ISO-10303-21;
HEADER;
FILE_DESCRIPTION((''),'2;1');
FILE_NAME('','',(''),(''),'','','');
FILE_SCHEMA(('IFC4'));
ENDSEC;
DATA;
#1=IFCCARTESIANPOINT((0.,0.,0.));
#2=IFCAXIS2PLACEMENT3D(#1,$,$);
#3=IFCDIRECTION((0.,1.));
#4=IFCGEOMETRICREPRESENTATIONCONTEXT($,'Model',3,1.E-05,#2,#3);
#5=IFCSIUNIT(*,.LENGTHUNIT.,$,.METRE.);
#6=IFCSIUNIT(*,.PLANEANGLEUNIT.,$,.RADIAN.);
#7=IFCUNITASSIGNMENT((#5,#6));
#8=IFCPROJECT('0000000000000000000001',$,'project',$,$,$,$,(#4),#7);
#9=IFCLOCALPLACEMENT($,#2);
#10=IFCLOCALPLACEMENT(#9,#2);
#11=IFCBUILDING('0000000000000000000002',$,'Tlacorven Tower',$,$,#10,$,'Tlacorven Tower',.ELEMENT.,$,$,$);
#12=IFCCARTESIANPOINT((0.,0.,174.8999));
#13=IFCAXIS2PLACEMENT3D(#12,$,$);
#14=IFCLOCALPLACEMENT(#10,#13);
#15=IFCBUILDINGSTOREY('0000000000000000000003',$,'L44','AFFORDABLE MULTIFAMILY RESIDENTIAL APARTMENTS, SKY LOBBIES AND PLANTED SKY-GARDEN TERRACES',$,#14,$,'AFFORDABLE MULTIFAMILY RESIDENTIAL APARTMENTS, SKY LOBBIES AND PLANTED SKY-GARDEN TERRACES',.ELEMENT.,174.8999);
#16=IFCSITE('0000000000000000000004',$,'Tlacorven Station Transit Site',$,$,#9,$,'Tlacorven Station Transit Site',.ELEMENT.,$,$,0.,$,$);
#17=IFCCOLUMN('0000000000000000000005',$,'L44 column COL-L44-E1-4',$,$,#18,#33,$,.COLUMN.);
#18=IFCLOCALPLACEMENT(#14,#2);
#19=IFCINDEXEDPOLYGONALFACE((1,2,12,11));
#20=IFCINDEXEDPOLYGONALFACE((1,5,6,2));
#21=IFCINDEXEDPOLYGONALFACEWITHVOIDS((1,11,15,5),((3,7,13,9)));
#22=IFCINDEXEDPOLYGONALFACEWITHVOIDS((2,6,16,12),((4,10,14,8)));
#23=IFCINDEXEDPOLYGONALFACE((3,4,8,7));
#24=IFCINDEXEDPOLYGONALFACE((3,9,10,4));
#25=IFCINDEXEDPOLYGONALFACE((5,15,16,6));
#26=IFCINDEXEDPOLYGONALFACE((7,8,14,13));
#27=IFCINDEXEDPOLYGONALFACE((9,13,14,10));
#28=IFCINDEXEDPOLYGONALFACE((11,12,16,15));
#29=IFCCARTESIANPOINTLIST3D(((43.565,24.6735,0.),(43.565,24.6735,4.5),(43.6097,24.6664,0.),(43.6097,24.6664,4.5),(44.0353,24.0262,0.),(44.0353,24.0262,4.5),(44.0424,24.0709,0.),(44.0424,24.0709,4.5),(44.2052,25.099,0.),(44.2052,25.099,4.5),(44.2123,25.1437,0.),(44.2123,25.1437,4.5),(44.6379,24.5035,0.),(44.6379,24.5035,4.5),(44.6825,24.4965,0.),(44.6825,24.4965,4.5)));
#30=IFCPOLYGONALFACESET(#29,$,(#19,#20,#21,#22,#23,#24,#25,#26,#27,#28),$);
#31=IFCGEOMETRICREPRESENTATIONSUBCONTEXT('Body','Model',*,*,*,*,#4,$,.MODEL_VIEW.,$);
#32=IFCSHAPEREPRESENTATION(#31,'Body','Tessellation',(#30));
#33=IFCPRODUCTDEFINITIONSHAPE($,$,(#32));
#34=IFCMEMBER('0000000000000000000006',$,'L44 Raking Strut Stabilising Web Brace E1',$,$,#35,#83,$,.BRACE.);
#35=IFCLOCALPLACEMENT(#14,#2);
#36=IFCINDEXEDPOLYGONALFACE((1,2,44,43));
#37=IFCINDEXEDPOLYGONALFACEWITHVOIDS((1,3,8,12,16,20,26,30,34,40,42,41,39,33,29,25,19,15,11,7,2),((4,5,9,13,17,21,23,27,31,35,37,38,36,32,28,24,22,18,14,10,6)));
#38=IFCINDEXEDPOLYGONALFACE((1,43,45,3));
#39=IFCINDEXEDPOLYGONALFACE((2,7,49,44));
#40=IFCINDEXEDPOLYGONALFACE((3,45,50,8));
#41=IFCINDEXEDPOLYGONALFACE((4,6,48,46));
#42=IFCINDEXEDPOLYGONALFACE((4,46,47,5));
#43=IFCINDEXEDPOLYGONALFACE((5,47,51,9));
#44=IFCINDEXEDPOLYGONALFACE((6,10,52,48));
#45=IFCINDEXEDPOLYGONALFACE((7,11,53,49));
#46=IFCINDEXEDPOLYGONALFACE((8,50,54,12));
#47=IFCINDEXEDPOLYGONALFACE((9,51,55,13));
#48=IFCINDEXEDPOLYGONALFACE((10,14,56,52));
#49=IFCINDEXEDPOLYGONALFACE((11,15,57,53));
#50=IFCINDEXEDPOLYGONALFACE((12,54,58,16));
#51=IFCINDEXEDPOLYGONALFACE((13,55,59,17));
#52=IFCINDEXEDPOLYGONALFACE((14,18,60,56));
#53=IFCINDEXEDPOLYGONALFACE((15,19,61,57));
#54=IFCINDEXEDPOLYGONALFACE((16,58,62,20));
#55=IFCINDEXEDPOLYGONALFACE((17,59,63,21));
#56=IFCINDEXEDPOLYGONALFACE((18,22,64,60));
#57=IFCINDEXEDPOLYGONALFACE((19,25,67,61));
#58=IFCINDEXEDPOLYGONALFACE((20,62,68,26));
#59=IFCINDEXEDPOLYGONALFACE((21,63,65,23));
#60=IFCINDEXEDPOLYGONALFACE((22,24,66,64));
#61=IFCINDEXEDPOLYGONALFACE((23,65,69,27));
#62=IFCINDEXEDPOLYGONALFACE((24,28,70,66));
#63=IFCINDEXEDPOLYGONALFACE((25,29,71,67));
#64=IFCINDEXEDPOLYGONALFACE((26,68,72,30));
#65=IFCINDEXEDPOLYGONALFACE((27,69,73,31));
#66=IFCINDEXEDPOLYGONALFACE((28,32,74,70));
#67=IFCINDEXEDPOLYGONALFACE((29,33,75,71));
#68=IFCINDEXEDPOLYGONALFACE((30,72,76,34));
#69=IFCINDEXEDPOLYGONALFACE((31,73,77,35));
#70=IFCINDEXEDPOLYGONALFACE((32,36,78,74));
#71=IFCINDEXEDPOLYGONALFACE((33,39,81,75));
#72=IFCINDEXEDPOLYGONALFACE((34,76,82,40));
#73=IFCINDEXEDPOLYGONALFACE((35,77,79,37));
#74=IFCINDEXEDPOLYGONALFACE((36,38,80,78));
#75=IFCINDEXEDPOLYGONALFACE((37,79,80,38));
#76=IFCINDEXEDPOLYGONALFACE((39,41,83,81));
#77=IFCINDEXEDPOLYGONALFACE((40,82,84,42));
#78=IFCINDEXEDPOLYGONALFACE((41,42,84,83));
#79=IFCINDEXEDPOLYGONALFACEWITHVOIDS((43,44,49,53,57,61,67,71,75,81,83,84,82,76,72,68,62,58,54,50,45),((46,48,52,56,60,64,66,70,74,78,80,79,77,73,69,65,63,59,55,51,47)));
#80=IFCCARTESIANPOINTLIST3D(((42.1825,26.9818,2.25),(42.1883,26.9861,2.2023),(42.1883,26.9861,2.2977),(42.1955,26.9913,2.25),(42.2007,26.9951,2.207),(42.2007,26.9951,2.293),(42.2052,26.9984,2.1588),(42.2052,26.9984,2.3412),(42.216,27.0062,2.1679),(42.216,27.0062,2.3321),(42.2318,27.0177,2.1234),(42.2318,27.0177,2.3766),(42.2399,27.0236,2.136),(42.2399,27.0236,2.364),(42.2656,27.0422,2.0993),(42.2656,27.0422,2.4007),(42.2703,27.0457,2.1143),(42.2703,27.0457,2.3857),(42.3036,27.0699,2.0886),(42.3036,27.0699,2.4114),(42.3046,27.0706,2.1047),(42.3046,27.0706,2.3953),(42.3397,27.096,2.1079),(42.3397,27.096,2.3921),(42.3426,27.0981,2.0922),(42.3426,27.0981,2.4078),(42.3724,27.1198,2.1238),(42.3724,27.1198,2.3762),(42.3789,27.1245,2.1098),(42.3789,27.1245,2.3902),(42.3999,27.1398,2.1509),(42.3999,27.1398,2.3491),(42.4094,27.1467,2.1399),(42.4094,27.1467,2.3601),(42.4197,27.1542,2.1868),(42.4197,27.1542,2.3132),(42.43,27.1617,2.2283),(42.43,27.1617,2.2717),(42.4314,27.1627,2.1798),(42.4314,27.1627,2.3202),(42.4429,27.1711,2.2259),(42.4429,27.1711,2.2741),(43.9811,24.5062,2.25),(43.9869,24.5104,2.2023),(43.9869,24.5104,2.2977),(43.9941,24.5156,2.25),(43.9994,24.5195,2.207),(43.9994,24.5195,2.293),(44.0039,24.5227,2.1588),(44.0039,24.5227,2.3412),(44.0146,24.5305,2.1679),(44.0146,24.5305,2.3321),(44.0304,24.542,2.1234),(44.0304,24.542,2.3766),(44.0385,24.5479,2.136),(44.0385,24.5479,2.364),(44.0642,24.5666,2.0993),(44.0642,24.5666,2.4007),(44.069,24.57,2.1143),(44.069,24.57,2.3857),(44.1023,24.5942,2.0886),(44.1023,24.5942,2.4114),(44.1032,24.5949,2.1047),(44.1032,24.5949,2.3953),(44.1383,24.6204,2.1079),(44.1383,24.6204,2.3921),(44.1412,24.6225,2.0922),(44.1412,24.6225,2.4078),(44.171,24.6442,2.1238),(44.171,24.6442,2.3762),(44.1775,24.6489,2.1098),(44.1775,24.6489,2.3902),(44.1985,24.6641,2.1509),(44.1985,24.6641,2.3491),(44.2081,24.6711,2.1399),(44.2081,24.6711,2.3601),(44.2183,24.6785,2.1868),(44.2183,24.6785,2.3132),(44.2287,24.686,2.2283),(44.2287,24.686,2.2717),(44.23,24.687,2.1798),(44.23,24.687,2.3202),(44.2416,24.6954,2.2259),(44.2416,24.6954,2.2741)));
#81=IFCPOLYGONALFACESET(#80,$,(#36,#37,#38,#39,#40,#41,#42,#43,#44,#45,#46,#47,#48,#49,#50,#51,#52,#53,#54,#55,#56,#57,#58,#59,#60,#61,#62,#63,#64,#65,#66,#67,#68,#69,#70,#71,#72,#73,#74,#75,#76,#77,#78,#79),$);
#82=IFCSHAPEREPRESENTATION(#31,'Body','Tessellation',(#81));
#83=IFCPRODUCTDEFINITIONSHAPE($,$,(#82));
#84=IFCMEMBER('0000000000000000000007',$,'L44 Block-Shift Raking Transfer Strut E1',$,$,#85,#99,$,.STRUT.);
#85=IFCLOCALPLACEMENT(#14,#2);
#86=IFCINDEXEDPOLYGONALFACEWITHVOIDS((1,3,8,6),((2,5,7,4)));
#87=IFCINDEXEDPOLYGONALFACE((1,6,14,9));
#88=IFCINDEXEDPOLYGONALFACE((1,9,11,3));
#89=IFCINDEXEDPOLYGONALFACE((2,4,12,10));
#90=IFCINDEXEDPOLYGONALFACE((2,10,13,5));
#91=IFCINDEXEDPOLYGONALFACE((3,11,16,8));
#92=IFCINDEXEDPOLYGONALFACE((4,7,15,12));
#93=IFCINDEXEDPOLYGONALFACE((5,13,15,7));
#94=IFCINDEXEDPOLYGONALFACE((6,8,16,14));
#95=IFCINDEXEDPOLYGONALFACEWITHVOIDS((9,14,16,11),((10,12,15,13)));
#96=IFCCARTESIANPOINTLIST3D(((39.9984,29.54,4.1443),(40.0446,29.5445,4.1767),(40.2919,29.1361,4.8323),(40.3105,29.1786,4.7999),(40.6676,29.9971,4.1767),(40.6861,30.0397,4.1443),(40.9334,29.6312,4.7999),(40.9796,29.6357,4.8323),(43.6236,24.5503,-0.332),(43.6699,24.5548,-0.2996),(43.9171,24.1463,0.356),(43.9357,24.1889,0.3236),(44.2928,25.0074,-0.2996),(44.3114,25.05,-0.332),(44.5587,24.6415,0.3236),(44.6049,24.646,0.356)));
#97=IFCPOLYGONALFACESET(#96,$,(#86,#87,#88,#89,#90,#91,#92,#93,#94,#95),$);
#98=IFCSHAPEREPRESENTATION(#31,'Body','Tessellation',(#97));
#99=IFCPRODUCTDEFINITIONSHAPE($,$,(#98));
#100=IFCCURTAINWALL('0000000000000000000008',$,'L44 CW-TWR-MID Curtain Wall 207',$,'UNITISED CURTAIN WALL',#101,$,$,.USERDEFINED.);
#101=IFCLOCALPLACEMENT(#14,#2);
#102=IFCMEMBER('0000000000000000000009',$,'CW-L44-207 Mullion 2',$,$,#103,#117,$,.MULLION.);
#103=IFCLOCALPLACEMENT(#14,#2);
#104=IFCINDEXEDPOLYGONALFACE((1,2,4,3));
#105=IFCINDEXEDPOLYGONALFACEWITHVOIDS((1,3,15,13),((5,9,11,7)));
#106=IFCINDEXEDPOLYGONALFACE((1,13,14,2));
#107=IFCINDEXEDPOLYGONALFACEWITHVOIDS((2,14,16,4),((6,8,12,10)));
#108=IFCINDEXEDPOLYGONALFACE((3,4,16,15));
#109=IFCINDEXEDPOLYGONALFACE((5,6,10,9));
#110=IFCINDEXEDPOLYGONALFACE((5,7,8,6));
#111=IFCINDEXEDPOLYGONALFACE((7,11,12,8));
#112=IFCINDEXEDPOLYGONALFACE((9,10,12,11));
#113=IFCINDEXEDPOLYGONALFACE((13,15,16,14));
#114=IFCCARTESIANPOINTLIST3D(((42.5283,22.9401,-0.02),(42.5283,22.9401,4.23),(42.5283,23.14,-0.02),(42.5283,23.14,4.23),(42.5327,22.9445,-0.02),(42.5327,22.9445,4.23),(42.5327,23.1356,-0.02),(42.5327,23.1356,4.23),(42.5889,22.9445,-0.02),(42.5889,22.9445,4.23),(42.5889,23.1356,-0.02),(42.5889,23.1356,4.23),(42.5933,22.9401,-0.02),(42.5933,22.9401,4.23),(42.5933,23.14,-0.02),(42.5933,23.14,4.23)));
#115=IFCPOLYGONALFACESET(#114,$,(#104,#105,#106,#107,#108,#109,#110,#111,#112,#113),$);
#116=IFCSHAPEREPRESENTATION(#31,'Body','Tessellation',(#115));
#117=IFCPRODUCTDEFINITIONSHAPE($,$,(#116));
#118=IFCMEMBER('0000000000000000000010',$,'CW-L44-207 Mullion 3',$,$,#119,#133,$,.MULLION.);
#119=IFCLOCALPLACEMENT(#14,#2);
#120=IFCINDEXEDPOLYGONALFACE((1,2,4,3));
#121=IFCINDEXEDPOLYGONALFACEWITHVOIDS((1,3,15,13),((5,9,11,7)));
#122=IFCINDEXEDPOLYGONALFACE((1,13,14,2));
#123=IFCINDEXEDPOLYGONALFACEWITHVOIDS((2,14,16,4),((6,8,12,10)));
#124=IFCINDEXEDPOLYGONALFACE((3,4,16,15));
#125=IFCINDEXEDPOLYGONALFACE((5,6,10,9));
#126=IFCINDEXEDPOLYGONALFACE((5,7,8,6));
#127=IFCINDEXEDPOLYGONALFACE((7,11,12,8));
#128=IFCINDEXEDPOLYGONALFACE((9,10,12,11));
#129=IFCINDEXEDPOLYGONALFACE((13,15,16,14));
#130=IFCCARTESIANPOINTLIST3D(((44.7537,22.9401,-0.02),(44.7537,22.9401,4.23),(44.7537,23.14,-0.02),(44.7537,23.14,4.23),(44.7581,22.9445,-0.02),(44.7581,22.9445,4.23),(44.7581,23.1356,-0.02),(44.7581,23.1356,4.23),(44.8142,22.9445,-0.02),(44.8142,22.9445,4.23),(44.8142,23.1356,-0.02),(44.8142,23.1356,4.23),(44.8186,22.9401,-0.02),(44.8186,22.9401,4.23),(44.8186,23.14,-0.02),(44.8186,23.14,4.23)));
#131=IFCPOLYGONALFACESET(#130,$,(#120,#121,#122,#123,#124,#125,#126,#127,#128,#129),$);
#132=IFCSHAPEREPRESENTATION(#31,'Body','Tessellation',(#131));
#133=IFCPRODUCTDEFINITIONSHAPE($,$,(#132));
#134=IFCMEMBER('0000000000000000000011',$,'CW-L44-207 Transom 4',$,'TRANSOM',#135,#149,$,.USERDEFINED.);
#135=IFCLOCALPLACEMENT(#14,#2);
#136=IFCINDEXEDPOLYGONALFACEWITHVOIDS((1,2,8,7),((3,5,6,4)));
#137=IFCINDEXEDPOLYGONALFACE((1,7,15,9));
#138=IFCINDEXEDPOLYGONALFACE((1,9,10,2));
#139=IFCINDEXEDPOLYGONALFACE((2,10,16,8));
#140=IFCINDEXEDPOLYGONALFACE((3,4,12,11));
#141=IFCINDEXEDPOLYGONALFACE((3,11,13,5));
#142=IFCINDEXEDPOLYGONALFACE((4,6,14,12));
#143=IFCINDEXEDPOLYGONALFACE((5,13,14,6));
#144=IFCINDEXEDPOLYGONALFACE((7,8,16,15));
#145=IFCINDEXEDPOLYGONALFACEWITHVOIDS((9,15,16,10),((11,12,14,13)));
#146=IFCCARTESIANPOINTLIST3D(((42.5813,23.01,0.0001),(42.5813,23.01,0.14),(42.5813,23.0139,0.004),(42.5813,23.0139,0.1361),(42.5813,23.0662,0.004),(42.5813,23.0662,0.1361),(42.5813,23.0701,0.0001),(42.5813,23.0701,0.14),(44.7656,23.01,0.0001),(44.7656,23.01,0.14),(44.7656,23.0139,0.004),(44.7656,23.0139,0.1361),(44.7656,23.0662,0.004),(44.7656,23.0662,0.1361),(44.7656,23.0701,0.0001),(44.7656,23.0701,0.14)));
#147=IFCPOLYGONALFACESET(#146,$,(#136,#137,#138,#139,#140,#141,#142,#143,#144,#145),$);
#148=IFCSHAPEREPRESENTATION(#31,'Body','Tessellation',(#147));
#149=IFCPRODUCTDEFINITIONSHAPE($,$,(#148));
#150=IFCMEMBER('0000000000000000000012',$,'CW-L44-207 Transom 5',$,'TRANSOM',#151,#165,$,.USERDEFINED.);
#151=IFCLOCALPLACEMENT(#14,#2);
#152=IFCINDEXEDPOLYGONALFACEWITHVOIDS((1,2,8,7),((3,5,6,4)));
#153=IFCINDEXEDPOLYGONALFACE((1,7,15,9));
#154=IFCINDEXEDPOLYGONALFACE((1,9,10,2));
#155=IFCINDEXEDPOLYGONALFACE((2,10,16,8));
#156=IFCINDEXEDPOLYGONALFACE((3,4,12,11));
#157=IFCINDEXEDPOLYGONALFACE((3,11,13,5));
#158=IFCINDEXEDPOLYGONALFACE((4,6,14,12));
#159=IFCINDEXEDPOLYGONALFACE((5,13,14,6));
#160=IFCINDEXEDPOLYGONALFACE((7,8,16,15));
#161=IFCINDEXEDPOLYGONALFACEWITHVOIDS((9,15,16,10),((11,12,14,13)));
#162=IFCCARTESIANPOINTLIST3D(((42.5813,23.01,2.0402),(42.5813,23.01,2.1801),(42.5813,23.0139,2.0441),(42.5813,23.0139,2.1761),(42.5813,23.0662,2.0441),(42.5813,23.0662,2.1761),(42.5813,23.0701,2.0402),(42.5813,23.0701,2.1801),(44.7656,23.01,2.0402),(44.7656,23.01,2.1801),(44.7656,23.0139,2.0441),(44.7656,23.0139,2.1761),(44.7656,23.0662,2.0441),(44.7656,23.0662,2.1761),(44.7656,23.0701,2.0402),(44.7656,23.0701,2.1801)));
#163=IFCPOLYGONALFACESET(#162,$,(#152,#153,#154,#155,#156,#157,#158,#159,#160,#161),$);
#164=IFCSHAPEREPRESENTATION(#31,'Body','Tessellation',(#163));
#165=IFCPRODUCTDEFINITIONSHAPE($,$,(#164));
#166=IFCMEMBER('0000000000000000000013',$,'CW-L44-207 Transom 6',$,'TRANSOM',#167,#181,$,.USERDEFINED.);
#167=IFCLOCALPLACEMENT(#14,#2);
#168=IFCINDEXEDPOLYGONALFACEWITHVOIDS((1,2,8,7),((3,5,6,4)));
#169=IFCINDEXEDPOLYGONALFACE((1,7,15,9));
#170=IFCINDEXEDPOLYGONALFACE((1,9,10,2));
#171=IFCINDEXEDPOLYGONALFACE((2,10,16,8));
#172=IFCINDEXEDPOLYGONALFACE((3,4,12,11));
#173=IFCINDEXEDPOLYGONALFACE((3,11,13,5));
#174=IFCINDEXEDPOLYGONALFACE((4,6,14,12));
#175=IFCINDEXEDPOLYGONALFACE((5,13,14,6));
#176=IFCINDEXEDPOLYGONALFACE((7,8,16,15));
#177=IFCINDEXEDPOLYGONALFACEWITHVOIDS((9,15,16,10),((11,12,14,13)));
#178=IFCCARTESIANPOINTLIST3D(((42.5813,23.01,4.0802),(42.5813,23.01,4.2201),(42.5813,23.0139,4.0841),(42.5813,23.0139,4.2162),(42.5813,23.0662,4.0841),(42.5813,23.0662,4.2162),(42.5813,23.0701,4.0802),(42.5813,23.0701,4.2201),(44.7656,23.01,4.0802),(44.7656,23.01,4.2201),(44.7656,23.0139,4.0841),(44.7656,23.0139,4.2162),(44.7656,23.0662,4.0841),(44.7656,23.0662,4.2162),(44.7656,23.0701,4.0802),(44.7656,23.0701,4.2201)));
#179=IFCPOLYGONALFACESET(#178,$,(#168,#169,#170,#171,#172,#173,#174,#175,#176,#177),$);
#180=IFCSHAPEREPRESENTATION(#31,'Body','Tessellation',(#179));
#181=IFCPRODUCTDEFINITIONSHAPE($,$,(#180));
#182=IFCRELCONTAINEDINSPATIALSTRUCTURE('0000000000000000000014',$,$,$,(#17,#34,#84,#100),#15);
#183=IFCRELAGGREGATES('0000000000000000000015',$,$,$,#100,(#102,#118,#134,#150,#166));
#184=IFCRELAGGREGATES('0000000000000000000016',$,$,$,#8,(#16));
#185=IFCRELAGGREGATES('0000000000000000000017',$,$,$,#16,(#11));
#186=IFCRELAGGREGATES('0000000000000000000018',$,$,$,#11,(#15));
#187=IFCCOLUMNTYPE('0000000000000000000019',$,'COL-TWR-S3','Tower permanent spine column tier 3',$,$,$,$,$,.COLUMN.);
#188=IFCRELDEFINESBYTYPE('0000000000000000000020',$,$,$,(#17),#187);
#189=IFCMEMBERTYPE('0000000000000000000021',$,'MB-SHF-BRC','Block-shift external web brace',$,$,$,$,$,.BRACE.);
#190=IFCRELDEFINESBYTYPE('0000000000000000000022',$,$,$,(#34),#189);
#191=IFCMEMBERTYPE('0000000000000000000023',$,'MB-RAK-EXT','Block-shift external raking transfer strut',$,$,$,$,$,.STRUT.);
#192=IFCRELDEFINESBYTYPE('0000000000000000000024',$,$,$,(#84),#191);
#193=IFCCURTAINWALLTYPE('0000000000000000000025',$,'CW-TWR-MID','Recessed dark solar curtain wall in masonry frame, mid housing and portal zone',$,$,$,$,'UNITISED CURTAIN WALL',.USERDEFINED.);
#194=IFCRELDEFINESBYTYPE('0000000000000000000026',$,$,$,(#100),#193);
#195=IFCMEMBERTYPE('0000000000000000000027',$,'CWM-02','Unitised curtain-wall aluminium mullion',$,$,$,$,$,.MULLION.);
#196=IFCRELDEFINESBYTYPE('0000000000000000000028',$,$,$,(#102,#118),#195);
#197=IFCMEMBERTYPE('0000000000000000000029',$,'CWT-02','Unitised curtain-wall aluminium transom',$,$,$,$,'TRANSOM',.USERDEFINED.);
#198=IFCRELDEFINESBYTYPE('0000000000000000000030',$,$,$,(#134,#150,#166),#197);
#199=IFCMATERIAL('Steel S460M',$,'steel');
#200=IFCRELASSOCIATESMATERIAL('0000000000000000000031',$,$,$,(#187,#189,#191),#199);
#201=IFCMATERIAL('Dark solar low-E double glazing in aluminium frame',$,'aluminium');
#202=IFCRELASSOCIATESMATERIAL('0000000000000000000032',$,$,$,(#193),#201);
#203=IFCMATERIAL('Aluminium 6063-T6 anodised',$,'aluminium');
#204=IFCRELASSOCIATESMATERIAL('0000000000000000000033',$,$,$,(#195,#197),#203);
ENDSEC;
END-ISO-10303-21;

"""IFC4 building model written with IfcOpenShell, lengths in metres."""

from ifc_helpers import new_model, si_unit, direction, frame, origin, origin_2d, place, context, subcontext, project, spatial, hollow_rectangle, hollow_circle, extrude, source, transform, mapped, material, material_profile, profile_set, type_object, element, aggregate, save


model = new_model("IFC4")

# Units and contexts
model_context = context("Model", 3, precision=1e-05, world=origin(), true_north=direction((0.0, 1.0)))
body_context = subcontext(model_context, "Body", "Model", "MODEL_VIEW")
ifc_project = project(units=[si_unit("LENGTHUNIT", "METRE"), si_unit("PLANEANGLEUNIT", "RADIAN")], contexts=[model_context])

# Site, building, storey
site_placement = place(None, origin())
site = spatial("IfcSite", under=ifc_project, at=site_placement, Name="Tlacorven Station Transit Site", LongName="Tlacorven Station Transit Site", CompositionType="ELEMENT", RefElevation=0.0)
building_placement = place(site_placement, origin())
building = spatial("IfcBuilding", under=site, at=building_placement, Name="Tlacorven Tower", LongName="Tlacorven Tower", CompositionType="ELEMENT")
storey_placement = place(building_placement, frame((0.0, 0.0, 174.8999)))
storey = spatial("IfcBuildingStorey", under=building, at=storey_placement, Name="L44", Description="AFFORDABLE MULTIFAMILY RESIDENTIAL APARTMENTS, SKY LOBBIES AND PLANTED SKY-GARDEN TERRACES", LongName="AFFORDABLE MULTIFAMILY RESIDENTIAL APARTMENTS, SKY LOBBIES AND PLANTED SKY-GARDEN TERRACES", CompositionType="ELEMENT", Elevation=174.8999)

# Column
ifc_material_1 = material(Name="Steel S460M", Category="steel")
ifc_material_profile_1 = material_profile(ifc_material_1, hollow_rectangle(XDim=0.8, YDim=0.8, WallThickness=0.032, at=origin_2d()), Name="BOX 800X800X32")
ifc_profile_set_1 = profile_set([ifc_material_profile_1], Name="Steel S460M")
column_type = type_object("IfcColumnType", Name="COL-TWR-S3", Description="Tower permanent spine column tier 3", PredefinedType="COLUMN", material=ifc_profile_set_1)
shared_shape_1 = source(origin(), body_context, "Body", "SweptSolid", [
    extrude(hollow_rectangle(XDim=0.8, YDim=0.8, WallThickness=0.032, at=origin_2d()), origin(), (0.0, 0.0, 1.0), 4.5),
])
column_placement = place(storey_placement, frame((44.1238, 24.585, 0.0), z_axis=(0.0, 0.0, 1.0), x_axis=(0.809017, 0.587785, 0.0)))
element("IfcColumn", 1, at=column_placement, inside=storey, type_object=column_type, Name="L44 column COL-L44-E1-4", PredefinedType="COLUMN", context=body_context, shape_type="MappedRepresentation", body=[
    mapped(shared_shape_1, transform((0.0, 0.0, 0.0), scale=1.0)),
])

# Members
ifc_material_profile_2 = material_profile(ifc_material_1, hollow_circle(Radius=0.1619, WallThickness=0.0161, at=origin_2d()), Name="CHS 323.9X16")
ifc_profile_set_2 = profile_set([ifc_material_profile_2], Name="Steel S460M")
member_type_1 = type_object("IfcMemberType", Name="MB-SHF-BRC", Description="Block-shift external web brace", PredefinedType="BRACE", material=ifc_profile_set_2)
shared_shape_2 = source(origin(), body_context, "Body", "SweptSolid", [
    extrude(hollow_circle(Radius=0.1619, WallThickness=0.0161, at=origin_2d()), origin(), (0.0, 0.0, 1.0), 3.0601),
])
member_1_placement = place(storey_placement, frame((44.1121, 24.6013, 2.25), z_axis=(-0.587778, 0.809022, 0.0), x_axis=(-0.809022, -0.587778, 0.0)))
element("IfcMember", 2, at=member_1_placement, inside=storey, type_object=member_type_1, Name="L44 Raking Strut Stabilising Web Brace E1", PredefinedType="BRACE", context=body_context, shape_type="MappedRepresentation", body=[
    mapped(shared_shape_2, transform((0.0, 0.0, 0.0), scale=1.0)),
])
ifc_material_profile_3 = material_profile(ifc_material_1, hollow_rectangle(XDim=0.8501, YDim=0.8501, WallThickness=0.04, at=origin_2d()), Name="BOX 850X850X40")
ifc_profile_set_3 = profile_set([ifc_material_profile_3], Name="Steel S460M")
member_type_2 = type_object("IfcMemberType", Name="MB-RAK-EXT", Description="Block-shift external raking transfer strut", PredefinedType="STRUT", material=ifc_profile_set_3)
shared_shape_3 = source(origin(), body_context, "Body", "SweptSolid", [
    extrude(hollow_rectangle(XDim=0.8501, YDim=0.8501, WallThickness=0.04, at=origin_2d()), origin(), (0.0, 0.0, 1.0), 7.6208),
])
member_2_placement = place(storey_placement, frame((44.1143, 24.5981, 0.012), z_axis=(-0.475701, 0.654749, 0.587378), x_axis=(-0.809018, -0.587783, 0.0)))
element("IfcMember", 3, at=member_2_placement, inside=storey, type_object=member_type_2, Name="L44 Block-Shift Raking Transfer Strut E1", PredefinedType="STRUT", context=body_context, shape_type="MappedRepresentation", body=[
    mapped(shared_shape_3, transform((0.0, 0.0, 0.0), scale=1.0)),
])

# Curtain wall, members
ifc_material_2 = material(Name="Dark solar low-E double glazing in aluminium frame", Category="aluminium")
curtain_wall_type = type_object("IfcCurtainWallType", Name="CW-TWR-MID", Description="Recessed dark solar curtain wall in masonry frame, mid housing and portal zone", ElementType="UNITISED CURTAIN WALL", PredefinedType="USERDEFINED", material=ifc_material_2)
curtain_wall_placement = place(storey_placement, origin())
curtain_wall = element("IfcCurtainWall", 4, at=curtain_wall_placement, inside=storey, type_object=curtain_wall_type, Name="L44 CW-TWR-MID Curtain Wall 207", ObjectType="UNITISED CURTAIN WALL", PredefinedType="USERDEFINED")
ifc_material_3 = material(Name="Aluminium 6063-T6 anodised", Category="aluminium")
ifc_material_profile_4 = material_profile(ifc_material_3, hollow_rectangle(XDim=0.0649, YDim=0.2, WallThickness=0.0044, at=origin_2d()), Name="ALU MULLION 65X200")
ifc_profile_set_4 = profile_set([ifc_material_profile_4], Name="Aluminium 6063-T6 anodised")
member_type_3 = type_object("IfcMemberType", Name="CWM-02", Description="Unitised curtain-wall aluminium mullion", PredefinedType="MULLION", material=ifc_profile_set_4)
shared_shape_4 = source(origin(), body_context, "Body", "SweptSolid", [
    extrude(hollow_rectangle(XDim=0.0649, YDim=0.2, WallThickness=0.0044, at=origin_2d()), origin(), (0.0, 0.0, 1.0), 4.25),
])
member_3_placement = place(storey_placement, frame((42.5608, 23.04, -0.02), z_axis=(0.0, 0.0, 1.0), x_axis=(1.0, 0.0, 0.0)))
member_3 = element("IfcMember", 5, at=member_3_placement, type_object=member_type_3, Name="CW-L44-207 Mullion 2", PredefinedType="MULLION", context=body_context, shape_type="MappedRepresentation", body=[
    mapped(shared_shape_4, transform((0.0, 0.0, 0.0), scale=1.0)),
])
member_4_placement = place(storey_placement, frame((44.7861, 23.04, -0.02), z_axis=(0.0, 0.0, 1.0), x_axis=(1.0, 0.0, 0.0)))
member_4 = element("IfcMember", 6, at=member_4_placement, type_object=member_type_3, Name="CW-L44-207 Mullion 3", PredefinedType="MULLION", context=body_context, shape_type="MappedRepresentation", body=[
    mapped(shared_shape_4, transform((0.0, 0.0, 0.0), scale=1.0)),
])
ifc_material_profile_5 = material_profile(ifc_material_3, hollow_rectangle(XDim=0.0601, YDim=0.1399, WallThickness=0.0039, at=origin_2d()), Name="ALU TRANSOM 60X140")
ifc_profile_set_5 = profile_set([ifc_material_profile_5], Name="Aluminium 6063-T6 anodised")
member_type_4 = type_object("IfcMemberType", Name="CWT-02", Description="Unitised curtain-wall aluminium transom", ElementType="TRANSOM", PredefinedType="USERDEFINED", material=ifc_profile_set_5)
shared_shape_5 = source(origin(), body_context, "Body", "SweptSolid", [
    extrude(hollow_rectangle(XDim=0.0601, YDim=0.1399, WallThickness=0.0039, at=origin_2d()), origin(), (0.0, 0.0, 1.0), 2.1843),
])
member_5_placement = place(storey_placement, frame((42.5813, 23.04, 0.0701), z_axis=(1.0, 0.0, 0.0), x_axis=(0.0, 1.0, 0.0)))
member_5 = element("IfcMember", 7, at=member_5_placement, type_object=member_type_4, Name="CW-L44-207 Transom 4", ObjectType="TRANSOM", PredefinedType="USERDEFINED", context=body_context, shape_type="MappedRepresentation", body=[
    mapped(shared_shape_5, transform((0.0, 0.0, 0.0), scale=1.0)),
])
member_6_placement = place(storey_placement, frame((42.5813, 23.04, 2.1101), z_axis=(1.0, 0.0, 0.0), x_axis=(0.0, 1.0, 0.0)))
member_6 = element("IfcMember", 8, at=member_6_placement, type_object=member_type_4, Name="CW-L44-207 Transom 5", ObjectType="TRANSOM", PredefinedType="USERDEFINED", context=body_context, shape_type="MappedRepresentation", body=[
    mapped(shared_shape_5, transform((0.0, 0.0, 0.0), scale=1.0)),
])
member_7_placement = place(storey_placement, frame((42.5813, 23.04, 4.1501), z_axis=(1.0, 0.0, 0.0), x_axis=(0.0, 1.0, 0.0)))
member_7 = element("IfcMember", 9, at=member_7_placement, type_object=member_type_4, Name="CW-L44-207 Transom 6", ObjectType="TRANSOM", PredefinedType="USERDEFINED", context=body_context, shape_type="MappedRepresentation", body=[
    mapped(shared_shape_5, transform((0.0, 0.0, 0.0), scale=1.0)),
])

aggregate(curtain_wall, [member_3, member_4, member_5, member_6, member_7])

save(model, "model.ifc")
